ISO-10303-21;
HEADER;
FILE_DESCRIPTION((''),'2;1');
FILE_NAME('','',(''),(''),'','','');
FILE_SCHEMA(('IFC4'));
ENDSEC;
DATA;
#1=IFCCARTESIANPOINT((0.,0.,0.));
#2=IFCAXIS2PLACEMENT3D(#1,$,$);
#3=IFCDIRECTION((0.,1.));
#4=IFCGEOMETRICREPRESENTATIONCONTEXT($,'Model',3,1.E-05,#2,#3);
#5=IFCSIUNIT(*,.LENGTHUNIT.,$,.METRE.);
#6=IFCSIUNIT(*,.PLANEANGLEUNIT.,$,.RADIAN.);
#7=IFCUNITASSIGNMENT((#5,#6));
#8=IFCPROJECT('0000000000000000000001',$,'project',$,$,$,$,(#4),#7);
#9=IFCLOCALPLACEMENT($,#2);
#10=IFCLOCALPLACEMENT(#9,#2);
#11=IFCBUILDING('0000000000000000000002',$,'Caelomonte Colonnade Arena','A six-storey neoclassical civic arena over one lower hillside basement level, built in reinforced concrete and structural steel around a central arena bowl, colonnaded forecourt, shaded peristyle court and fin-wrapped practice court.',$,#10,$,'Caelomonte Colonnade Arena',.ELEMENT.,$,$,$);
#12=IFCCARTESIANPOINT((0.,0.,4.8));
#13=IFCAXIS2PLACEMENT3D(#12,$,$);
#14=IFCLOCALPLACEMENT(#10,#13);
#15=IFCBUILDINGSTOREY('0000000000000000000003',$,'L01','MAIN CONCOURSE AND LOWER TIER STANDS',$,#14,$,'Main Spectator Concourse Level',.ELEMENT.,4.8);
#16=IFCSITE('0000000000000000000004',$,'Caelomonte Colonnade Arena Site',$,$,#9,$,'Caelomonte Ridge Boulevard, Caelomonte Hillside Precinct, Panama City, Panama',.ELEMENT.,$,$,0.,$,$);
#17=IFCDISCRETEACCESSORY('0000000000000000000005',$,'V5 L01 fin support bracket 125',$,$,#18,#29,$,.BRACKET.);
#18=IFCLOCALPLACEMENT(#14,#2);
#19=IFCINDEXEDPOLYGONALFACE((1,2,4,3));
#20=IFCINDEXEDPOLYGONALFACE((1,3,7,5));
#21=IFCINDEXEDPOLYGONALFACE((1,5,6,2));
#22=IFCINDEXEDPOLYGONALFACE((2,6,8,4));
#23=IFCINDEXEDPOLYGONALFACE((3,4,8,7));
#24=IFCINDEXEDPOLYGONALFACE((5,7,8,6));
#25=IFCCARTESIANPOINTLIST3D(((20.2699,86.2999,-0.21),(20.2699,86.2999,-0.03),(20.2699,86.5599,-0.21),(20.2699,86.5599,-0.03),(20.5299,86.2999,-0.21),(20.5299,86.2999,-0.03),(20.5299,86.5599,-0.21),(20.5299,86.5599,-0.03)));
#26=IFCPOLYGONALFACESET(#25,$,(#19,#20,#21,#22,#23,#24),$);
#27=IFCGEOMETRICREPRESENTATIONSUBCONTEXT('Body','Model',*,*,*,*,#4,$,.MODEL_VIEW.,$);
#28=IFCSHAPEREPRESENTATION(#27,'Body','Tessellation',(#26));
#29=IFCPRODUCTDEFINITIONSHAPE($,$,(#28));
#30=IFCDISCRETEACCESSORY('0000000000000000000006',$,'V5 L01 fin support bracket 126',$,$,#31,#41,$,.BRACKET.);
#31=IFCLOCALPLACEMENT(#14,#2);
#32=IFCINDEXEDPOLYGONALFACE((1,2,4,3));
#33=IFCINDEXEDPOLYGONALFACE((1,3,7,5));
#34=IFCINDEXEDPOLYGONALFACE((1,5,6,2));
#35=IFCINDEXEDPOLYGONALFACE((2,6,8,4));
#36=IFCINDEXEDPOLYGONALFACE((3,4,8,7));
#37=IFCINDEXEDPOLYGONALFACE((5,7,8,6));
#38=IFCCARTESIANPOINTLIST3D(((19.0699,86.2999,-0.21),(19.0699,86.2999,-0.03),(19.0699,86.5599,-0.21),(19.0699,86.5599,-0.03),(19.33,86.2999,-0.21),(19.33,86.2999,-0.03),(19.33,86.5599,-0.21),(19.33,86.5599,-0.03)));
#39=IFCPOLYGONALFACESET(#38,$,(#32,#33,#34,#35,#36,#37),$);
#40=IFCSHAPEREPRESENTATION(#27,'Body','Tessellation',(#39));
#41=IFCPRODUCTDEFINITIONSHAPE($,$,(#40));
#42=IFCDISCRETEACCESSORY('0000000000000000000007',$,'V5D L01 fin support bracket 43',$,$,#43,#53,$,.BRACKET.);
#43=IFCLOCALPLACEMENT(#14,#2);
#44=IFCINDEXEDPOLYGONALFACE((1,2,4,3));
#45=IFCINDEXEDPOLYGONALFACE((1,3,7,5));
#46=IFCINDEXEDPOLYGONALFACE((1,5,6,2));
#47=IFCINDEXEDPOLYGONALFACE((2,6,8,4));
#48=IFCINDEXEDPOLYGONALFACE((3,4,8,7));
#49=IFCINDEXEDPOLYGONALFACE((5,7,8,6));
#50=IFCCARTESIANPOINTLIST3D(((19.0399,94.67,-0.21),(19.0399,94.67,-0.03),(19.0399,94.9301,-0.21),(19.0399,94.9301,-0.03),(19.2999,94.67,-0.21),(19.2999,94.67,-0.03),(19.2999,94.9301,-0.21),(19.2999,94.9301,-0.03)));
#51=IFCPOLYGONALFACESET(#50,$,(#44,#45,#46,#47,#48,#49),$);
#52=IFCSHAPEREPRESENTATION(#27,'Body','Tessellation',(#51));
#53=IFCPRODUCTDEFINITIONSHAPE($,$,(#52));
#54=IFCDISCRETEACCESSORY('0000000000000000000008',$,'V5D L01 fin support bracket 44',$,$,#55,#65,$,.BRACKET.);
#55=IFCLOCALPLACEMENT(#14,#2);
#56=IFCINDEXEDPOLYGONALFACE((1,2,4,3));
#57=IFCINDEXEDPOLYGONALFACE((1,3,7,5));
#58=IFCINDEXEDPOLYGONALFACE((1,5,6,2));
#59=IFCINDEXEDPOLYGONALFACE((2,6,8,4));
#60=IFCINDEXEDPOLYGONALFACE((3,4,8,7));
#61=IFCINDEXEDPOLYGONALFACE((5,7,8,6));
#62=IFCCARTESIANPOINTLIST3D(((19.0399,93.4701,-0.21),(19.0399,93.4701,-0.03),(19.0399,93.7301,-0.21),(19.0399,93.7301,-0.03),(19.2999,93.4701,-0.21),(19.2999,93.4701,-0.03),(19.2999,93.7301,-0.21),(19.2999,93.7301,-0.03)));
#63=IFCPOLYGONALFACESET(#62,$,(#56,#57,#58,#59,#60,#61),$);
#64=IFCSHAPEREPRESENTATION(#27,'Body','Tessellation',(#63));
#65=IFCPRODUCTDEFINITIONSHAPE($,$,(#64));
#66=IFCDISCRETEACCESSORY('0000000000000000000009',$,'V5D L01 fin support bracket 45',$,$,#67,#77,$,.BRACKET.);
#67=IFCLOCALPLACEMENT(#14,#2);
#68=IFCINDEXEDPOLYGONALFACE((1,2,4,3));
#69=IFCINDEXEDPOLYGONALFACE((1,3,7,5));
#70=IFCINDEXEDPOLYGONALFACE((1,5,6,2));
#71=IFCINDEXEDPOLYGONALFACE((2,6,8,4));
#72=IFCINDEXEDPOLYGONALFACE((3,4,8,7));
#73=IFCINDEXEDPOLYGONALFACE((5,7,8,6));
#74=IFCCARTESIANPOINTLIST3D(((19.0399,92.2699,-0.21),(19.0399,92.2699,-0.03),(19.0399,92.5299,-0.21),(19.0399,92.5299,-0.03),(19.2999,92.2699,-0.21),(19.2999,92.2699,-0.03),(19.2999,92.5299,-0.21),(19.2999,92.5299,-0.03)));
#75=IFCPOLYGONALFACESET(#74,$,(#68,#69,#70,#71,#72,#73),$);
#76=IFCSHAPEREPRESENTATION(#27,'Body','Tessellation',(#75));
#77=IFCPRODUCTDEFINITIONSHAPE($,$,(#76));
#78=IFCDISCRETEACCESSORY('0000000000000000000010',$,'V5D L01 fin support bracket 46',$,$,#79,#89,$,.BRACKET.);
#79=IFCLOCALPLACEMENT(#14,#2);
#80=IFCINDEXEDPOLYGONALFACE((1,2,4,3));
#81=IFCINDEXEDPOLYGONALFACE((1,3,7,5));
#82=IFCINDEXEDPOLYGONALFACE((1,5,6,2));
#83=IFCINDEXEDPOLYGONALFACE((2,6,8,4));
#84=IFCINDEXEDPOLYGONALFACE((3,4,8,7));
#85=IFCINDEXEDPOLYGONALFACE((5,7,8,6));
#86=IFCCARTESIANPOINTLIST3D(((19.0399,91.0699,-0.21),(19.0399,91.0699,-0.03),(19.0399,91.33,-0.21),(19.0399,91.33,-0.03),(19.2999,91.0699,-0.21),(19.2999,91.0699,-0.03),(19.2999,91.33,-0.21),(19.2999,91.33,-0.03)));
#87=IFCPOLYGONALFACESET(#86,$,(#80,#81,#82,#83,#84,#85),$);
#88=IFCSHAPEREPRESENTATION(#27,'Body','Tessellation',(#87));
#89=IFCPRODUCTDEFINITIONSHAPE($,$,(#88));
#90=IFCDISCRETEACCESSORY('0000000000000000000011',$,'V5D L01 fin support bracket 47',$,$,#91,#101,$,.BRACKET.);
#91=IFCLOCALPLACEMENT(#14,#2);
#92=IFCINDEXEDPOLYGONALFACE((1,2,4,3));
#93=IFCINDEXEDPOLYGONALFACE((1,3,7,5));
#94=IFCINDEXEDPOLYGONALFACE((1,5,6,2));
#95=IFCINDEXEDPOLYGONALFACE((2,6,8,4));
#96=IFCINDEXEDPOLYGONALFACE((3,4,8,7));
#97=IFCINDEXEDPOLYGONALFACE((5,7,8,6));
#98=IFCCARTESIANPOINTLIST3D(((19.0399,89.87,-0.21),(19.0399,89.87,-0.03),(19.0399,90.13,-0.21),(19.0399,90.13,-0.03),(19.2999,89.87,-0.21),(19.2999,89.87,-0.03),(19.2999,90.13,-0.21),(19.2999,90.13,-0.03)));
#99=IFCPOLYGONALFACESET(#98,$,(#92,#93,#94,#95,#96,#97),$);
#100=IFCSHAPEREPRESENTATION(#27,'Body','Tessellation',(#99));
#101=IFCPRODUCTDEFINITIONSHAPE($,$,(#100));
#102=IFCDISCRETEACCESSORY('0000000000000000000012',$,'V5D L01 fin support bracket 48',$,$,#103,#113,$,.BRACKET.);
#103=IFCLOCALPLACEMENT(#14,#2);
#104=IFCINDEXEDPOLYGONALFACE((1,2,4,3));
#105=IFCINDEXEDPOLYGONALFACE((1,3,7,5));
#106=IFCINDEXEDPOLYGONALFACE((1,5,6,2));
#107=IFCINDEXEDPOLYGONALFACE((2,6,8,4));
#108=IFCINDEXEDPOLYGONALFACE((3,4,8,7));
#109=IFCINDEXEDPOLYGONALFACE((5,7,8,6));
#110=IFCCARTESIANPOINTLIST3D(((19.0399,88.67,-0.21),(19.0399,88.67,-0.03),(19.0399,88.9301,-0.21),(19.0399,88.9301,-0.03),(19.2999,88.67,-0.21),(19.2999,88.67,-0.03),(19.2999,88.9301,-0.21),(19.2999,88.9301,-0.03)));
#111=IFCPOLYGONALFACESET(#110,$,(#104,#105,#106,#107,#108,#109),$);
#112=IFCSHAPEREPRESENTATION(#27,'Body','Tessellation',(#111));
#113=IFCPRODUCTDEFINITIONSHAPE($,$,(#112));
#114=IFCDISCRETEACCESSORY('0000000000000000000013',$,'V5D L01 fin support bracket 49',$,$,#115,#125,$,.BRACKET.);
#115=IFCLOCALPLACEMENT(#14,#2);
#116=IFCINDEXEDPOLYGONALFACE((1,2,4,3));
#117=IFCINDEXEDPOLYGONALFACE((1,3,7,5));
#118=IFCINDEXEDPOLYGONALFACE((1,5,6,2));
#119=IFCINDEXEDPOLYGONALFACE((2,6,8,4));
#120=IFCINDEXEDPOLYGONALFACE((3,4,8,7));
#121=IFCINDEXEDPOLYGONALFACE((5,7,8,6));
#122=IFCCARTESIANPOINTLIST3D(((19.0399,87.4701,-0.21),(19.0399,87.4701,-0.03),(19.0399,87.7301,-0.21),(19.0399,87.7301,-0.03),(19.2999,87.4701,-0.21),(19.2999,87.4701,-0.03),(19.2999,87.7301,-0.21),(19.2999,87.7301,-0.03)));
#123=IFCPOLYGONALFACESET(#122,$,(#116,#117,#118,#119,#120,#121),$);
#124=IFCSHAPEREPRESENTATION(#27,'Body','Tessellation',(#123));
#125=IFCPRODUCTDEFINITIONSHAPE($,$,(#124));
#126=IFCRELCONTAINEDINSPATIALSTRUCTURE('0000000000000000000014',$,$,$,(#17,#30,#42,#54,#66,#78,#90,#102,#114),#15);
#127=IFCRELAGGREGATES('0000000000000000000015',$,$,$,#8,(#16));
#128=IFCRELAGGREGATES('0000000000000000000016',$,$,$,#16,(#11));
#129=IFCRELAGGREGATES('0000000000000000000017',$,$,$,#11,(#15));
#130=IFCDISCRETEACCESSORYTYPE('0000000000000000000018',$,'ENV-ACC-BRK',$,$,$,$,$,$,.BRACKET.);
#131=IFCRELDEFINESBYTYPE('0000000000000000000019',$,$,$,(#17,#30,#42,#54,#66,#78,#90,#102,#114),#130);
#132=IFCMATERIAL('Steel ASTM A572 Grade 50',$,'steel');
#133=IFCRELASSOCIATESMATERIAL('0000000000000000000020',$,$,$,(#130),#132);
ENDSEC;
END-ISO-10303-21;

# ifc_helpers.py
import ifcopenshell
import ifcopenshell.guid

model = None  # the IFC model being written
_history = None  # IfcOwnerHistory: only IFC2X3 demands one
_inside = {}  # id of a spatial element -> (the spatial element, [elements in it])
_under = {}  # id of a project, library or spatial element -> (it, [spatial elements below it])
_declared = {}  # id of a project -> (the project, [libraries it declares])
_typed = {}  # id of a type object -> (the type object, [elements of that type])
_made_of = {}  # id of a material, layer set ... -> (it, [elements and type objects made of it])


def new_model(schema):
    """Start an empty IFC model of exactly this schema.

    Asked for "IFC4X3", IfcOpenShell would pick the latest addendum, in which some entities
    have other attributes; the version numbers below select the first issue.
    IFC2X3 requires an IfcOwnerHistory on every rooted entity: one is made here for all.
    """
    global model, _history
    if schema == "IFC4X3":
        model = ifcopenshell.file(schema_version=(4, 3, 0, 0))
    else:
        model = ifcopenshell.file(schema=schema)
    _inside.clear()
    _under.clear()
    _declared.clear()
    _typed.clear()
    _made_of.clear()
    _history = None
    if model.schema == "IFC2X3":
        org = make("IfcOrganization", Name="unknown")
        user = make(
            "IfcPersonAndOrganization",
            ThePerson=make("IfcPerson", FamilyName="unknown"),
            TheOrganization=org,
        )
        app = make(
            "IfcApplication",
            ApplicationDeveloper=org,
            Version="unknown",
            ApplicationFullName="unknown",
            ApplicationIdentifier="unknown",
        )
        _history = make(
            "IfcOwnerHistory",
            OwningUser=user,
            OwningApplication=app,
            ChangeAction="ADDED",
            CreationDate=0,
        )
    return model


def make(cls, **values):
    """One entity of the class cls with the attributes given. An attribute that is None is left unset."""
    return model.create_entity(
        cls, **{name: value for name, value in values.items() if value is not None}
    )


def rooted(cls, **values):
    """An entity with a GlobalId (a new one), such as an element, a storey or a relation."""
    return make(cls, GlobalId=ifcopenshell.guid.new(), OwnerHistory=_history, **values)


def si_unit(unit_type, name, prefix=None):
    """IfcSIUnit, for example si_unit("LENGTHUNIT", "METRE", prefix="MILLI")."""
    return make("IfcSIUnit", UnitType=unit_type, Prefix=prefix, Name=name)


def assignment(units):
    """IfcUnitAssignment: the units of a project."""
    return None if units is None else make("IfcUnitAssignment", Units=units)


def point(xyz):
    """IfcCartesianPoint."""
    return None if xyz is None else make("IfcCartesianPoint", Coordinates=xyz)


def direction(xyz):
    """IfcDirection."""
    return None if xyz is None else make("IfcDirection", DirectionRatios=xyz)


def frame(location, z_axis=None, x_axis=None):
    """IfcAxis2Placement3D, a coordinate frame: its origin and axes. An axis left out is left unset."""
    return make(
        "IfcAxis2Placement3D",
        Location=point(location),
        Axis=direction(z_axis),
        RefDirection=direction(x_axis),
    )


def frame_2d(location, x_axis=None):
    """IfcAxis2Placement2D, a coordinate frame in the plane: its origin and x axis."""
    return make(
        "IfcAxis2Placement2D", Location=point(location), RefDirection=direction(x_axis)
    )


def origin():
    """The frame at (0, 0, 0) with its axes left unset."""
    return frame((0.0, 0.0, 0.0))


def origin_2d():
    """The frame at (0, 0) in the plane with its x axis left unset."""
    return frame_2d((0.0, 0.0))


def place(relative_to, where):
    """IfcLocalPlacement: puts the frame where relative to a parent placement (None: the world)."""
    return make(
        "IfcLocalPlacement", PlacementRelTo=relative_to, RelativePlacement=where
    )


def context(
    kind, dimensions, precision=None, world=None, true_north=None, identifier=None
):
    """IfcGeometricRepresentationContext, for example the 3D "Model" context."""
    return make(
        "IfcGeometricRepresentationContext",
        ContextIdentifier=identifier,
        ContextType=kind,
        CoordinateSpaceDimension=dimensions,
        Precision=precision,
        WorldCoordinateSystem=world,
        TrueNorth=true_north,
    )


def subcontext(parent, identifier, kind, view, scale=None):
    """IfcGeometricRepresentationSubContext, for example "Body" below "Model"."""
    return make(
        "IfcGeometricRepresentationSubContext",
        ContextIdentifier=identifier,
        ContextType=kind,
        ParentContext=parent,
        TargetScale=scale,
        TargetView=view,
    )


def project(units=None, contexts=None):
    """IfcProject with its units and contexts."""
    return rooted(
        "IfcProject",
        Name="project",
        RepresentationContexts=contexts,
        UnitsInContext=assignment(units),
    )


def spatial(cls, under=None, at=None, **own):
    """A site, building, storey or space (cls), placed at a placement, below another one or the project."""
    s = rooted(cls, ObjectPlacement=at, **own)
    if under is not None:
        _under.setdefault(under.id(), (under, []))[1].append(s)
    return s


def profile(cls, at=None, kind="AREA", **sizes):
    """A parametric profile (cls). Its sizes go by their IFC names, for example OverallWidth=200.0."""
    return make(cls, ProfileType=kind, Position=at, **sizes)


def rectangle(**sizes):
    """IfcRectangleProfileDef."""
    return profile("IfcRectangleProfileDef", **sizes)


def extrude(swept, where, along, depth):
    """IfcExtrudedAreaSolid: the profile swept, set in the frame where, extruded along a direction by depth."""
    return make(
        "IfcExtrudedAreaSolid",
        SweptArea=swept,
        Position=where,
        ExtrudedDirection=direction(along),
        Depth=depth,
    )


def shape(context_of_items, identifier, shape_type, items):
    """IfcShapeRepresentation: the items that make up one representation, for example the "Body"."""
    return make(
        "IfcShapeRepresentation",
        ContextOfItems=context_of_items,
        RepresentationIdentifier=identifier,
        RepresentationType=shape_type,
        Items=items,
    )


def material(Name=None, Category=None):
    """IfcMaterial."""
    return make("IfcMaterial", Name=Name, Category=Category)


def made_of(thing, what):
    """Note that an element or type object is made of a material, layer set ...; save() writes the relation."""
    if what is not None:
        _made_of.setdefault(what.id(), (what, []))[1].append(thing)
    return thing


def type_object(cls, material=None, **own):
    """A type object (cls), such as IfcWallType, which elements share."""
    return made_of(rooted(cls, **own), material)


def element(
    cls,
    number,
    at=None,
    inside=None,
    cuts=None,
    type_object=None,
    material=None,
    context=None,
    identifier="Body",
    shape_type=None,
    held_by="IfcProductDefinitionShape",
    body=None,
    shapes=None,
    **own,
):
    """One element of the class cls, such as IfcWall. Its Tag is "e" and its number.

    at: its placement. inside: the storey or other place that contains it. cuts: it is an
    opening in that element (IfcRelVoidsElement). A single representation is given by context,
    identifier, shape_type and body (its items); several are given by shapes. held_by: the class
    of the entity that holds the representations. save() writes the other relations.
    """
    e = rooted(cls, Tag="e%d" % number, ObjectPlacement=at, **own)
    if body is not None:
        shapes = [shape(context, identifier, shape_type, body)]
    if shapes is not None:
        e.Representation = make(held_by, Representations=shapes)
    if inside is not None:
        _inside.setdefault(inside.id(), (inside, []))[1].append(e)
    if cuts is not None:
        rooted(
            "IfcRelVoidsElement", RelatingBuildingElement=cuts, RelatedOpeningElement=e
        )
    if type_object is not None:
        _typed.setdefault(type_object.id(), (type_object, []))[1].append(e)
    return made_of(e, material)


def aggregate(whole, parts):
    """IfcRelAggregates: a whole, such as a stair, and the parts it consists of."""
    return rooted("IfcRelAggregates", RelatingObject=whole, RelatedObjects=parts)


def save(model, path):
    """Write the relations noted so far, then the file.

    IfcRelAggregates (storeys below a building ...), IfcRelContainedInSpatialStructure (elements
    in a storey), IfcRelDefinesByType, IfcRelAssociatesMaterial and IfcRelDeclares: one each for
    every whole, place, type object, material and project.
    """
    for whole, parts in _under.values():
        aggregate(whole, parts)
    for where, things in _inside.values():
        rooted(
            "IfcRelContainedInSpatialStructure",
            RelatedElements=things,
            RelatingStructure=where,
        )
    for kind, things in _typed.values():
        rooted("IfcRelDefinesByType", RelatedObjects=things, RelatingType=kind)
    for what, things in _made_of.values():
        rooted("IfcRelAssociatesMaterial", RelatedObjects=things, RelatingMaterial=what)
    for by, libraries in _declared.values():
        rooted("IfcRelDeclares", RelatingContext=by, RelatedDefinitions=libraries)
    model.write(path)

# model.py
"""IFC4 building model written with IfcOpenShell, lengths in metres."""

from ifc_helpers import new_model, si_unit, direction, frame, origin, origin_2d, place, context, subcontext, project, spatial, rectangle, extrude, material, type_object, element, save


model = new_model("IFC4")

# Units and contexts
model_context = context("Model", 3, precision=1e-05, world=origin(), true_north=direction((0.0, 1.0)))
body_context = subcontext(model_context, "Body", "Model", "MODEL_VIEW")
ifc_project = project(units=[si_unit("LENGTHUNIT", "METRE"), si_unit("PLANEANGLEUNIT", "RADIAN")], contexts=[model_context])

# Site, building, storey
site_placement = place(None, origin())
site = spatial("IfcSite", under=ifc_project, at=site_placement, Name="Caelomonte Colonnade Arena Site", LongName="Caelomonte Ridge Boulevard, Caelomonte Hillside Precinct, Panama City, Panama", CompositionType="ELEMENT", RefElevation=0.0)
building_placement = place(site_placement, origin())
building = spatial("IfcBuilding", under=site, at=building_placement, Name="Caelomonte Colonnade Arena", Description="A six-storey neoclassical civic arena over one lower hillside basement level, built in reinforced concrete and structural steel around a central arena bowl, colonnaded forecourt, shaded peristyle court and fin-wrapped practice court.", LongName="Caelomonte Colonnade Arena", CompositionType="ELEMENT")
storey_placement = place(building_placement, frame((0.0, 0.0, 4.8)))
storey = spatial("IfcBuildingStorey", under=building, at=storey_placement, Name="L01", Description="MAIN CONCOURSE AND LOWER TIER STANDS", LongName="Main Spectator Concourse Level", CompositionType="ELEMENT", Elevation=4.8)

# Discrete accessories
ifc_material_1 = material(Name="Steel ASTM A572 Grade 50", Category="steel")
discrete_accessory_type = type_object("IfcDiscreteAccessoryType", Name="ENV-ACC-BRK", PredefinedType="BRACKET", material=ifc_material_1)
for number, where, z_axis, x_axis, name in (
    (1, (20.3999, 86.4299, -0.21), (0.0, 0.0, 1.0), (-1.0, 0.0, 0.0), "V5 L01 fin support bracket 125"),
    (2, (19.2, 86.4299, -0.21), (0.0, 0.0, 1.0), (-1.0, 0.0, 0.0), "V5 L01 fin support bracket 126"),
    (3, (19.1699, 94.8, -0.21), (0.0, 0.0, 1.0), (0.0, -1.0, 0.0), "V5D L01 fin support bracket 43"),
    (4, (19.1699, 93.6001, -0.21), (0.0, 0.0, 1.0), (0.0, -1.0, 0.0), "V5D L01 fin support bracket 44"),
    (5, (19.1699, 92.3999, -0.21), (0.0, 0.0, 1.0), (0.0, -1.0, 0.0), "V5D L01 fin support bracket 45"),
    (6, (19.1699, 91.2, -0.21), (0.0, 0.0, 1.0), (0.0, -1.0, 0.0), "V5D L01 fin support bracket 46"),
    (7, (19.1699, 90.0, -0.21), (0.0, 0.0, 1.0), (0.0, -1.0, 0.0), "V5D L01 fin support bracket 47"),
    (8, (19.1699, 88.8, -0.21), (0.0, 0.0, 1.0), (0.0, -1.0, 0.0), "V5D L01 fin support bracket 48"),
    (9, (19.1699, 87.6001, -0.21), (0.0, 0.0, 1.0), (0.0, -1.0, 0.0), "V5D L01 fin support bracket 49"),
):
    element("IfcDiscreteAccessory", number, at=place(storey_placement, frame(where, z_axis=z_axis, x_axis=x_axis)), inside=storey, type_object=discrete_accessory_type, Name=name, PredefinedType="BRACKET", context=body_context, shape_type="SweptSolid", body=[
        extrude(rectangle(XDim=0.26, YDim=0.26, at=origin_2d()), origin(), (0.0, 0.0, 1.0), 0.1799),
    ])

save(model, "model.ifc")
